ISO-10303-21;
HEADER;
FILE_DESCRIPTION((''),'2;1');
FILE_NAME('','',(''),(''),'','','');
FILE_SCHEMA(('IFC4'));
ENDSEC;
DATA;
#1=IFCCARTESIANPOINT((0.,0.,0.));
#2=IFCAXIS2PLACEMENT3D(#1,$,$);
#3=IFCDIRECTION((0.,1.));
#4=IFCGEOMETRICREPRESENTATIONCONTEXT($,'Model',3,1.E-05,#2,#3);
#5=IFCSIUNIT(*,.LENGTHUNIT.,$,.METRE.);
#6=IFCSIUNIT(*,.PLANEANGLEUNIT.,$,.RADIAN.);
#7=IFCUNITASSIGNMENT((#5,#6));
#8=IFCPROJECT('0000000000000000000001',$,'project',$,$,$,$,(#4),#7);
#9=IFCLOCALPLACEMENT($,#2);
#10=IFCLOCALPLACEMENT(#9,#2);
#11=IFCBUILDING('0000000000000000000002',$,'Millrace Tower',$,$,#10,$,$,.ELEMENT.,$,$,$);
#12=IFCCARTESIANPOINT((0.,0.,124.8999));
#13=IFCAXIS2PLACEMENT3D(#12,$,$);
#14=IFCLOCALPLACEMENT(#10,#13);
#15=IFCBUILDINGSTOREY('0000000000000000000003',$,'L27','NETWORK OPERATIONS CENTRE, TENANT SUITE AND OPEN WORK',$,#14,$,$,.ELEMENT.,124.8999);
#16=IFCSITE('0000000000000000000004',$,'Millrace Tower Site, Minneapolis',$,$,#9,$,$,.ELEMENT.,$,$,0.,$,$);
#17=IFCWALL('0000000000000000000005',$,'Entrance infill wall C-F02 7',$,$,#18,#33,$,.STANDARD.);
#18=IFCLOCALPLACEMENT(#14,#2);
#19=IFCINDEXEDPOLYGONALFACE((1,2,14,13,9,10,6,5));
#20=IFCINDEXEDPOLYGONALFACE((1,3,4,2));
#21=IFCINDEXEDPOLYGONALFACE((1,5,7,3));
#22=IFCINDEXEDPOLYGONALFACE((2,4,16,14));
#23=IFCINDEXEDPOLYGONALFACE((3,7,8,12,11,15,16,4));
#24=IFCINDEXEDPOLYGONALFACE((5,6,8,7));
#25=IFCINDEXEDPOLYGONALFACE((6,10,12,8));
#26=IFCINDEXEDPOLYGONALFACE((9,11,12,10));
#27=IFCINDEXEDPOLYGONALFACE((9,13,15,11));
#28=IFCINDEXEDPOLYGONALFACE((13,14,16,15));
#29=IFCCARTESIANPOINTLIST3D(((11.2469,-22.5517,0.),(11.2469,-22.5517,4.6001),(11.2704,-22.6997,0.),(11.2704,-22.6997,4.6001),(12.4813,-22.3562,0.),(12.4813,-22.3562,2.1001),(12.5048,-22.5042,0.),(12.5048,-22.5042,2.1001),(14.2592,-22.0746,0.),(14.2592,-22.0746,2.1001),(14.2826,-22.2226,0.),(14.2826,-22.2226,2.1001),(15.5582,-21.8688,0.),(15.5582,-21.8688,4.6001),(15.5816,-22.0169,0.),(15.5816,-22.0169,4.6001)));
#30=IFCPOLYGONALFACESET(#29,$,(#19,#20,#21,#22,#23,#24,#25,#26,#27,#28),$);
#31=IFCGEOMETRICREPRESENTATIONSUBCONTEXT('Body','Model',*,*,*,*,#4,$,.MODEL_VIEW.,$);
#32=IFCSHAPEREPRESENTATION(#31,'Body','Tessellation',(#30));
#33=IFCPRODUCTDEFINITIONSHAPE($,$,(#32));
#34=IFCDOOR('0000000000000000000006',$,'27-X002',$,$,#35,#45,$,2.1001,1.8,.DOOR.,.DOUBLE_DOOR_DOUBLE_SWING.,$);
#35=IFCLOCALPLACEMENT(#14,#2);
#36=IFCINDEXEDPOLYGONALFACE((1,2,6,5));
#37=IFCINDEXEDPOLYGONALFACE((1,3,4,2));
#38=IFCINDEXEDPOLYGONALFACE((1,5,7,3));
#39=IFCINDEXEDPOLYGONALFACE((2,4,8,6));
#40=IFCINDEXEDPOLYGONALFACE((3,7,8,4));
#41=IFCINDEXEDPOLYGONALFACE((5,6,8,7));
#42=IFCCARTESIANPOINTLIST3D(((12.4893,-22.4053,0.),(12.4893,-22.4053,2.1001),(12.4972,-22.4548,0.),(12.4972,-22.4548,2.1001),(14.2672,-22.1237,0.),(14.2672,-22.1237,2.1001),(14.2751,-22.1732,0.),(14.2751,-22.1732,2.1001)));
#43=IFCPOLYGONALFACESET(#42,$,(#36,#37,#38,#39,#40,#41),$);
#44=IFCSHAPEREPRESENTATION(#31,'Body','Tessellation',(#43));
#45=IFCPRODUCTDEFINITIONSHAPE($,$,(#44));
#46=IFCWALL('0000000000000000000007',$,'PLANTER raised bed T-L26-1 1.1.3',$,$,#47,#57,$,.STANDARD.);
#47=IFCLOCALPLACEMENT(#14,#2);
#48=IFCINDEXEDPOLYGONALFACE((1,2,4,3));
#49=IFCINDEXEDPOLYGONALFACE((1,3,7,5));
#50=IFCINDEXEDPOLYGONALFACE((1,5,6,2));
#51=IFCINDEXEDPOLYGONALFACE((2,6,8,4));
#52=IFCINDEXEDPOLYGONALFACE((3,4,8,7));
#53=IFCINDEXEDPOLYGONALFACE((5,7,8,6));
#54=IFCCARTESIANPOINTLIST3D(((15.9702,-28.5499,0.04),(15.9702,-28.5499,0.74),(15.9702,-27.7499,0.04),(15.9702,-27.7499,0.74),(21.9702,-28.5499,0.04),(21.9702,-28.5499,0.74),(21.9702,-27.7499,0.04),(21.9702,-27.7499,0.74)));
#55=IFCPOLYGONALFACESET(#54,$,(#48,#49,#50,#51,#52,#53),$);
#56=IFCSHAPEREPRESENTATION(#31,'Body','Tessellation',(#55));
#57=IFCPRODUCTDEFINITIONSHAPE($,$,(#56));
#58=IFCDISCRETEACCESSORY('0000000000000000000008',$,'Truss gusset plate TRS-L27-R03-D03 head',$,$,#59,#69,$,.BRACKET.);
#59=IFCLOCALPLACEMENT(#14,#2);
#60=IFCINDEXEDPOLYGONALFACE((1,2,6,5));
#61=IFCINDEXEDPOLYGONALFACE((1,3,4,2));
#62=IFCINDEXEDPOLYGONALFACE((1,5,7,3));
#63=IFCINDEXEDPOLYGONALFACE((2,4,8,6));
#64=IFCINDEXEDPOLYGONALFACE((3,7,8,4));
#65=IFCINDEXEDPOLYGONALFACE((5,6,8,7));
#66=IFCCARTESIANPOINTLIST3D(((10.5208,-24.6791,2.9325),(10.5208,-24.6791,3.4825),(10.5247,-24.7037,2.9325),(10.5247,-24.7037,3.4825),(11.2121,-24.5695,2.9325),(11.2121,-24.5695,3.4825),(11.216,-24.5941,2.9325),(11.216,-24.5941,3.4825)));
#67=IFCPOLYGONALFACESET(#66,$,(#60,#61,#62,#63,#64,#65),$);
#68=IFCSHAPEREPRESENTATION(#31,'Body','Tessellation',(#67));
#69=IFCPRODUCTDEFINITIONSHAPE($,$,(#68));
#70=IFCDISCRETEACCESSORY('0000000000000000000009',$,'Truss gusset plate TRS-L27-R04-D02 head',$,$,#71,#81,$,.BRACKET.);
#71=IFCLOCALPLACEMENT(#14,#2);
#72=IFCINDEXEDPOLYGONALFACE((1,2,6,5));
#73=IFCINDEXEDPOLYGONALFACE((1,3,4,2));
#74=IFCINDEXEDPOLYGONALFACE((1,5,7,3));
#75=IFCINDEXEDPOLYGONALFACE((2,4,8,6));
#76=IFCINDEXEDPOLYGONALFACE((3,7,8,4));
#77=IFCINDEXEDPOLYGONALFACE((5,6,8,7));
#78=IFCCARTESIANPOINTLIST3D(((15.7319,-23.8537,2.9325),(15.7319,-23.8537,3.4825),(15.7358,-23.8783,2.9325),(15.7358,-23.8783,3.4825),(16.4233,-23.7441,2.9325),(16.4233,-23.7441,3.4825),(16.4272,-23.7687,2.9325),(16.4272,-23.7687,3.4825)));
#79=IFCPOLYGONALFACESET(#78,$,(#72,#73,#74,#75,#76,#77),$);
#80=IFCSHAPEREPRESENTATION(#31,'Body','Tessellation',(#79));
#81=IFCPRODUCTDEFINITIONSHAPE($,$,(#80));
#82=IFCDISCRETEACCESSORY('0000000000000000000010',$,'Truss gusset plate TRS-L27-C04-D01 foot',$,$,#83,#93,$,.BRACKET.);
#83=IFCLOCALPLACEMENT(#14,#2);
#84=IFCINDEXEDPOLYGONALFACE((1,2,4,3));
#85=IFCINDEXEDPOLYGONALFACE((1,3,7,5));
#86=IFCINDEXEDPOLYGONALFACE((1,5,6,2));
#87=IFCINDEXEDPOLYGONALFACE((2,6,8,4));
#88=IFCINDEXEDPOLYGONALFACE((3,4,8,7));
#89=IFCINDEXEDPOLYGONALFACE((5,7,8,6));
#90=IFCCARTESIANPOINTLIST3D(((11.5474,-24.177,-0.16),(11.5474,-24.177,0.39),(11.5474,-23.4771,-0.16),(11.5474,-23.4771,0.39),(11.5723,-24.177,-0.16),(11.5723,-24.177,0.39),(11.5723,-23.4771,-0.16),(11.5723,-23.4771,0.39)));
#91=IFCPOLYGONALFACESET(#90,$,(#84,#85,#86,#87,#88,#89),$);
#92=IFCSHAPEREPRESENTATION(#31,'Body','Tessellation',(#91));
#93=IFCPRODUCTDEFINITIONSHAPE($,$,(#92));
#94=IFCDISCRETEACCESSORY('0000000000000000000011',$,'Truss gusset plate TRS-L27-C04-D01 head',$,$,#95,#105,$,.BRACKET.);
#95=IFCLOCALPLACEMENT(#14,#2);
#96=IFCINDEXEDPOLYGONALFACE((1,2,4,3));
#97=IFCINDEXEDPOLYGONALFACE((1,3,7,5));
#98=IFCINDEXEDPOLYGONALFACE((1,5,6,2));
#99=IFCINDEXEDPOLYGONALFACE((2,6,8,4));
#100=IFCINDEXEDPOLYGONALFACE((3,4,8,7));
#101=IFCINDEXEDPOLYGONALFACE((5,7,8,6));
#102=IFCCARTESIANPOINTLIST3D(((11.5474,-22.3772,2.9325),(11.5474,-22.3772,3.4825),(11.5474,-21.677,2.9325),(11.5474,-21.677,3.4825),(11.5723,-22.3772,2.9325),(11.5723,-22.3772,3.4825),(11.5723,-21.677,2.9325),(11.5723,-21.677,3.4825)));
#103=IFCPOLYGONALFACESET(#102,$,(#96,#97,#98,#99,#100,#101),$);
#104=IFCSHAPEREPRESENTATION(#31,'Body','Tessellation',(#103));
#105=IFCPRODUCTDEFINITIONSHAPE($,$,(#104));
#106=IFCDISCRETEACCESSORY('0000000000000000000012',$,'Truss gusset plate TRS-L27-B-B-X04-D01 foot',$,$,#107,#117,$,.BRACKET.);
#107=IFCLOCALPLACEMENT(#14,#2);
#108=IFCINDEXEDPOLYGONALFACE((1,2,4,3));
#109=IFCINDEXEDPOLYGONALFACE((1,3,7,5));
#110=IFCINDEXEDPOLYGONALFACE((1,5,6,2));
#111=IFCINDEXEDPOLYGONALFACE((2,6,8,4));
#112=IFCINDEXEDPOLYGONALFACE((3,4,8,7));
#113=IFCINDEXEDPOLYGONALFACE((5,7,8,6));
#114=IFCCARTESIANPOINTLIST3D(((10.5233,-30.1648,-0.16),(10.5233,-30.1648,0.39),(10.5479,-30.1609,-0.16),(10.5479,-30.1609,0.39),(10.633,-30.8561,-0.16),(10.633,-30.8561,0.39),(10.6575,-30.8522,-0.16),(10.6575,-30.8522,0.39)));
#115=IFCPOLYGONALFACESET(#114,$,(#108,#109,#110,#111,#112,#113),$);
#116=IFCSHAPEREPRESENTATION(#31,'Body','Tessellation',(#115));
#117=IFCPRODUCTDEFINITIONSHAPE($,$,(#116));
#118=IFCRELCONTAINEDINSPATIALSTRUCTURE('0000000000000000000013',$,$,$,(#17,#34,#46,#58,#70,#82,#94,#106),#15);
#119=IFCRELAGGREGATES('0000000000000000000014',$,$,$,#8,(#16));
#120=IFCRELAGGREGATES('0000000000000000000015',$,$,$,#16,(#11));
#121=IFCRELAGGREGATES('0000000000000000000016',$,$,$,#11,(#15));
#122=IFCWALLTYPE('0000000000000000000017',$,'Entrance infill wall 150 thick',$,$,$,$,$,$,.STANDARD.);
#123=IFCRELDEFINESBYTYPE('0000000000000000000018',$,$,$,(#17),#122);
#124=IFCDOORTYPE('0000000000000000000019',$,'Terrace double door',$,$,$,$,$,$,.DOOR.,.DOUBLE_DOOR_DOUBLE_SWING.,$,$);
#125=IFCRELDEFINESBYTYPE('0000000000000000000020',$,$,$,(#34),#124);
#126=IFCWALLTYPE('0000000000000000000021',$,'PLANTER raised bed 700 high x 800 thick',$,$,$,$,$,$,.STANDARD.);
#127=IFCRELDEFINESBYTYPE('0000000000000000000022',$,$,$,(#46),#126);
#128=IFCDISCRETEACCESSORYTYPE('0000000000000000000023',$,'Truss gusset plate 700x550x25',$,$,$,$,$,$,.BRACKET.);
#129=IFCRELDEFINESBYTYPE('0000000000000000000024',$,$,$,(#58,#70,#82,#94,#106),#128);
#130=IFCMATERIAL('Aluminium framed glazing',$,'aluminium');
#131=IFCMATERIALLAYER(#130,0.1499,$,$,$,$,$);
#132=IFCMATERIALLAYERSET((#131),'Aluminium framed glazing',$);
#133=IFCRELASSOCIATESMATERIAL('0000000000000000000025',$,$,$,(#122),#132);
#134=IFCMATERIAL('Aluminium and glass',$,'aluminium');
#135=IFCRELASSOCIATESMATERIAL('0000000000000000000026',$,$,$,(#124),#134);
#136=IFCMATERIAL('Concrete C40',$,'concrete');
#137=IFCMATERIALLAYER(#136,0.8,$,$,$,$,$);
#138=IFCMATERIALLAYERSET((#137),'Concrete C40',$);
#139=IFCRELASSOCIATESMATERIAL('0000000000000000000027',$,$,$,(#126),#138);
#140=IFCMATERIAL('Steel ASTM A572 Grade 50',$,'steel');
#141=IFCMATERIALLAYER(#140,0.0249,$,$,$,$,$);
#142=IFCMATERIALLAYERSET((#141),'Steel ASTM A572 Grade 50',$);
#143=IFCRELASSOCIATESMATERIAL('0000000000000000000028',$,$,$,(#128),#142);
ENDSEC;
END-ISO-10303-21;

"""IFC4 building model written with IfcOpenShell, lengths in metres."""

from ifc_helpers import new_model, si_unit, direction, frame, frame_2d, origin, origin_2d, place, context, subcontext, project, spatial, rectangle, extrude, material, layer, layer_set, type_object, element, fill, save


model = new_model("IFC4")

# Units and contexts
model_context = context("Model", 3, precision=1e-05, world=origin(), true_north=direction((0.0, 1.0)))
body_context = subcontext(model_context, "Body", "Model", "MODEL_VIEW")
ifc_project = project(units=[si_unit("LENGTHUNIT", "METRE"), si_unit("PLANEANGLEUNIT", "RADIAN")], contexts=[model_context])

# Site, building, storey
site_placement = place(None, origin())
site = spatial("IfcSite", under=ifc_project, at=site_placement, Name="Millrace Tower Site, Minneapolis", CompositionType="ELEMENT", RefElevation=0.0)
building_placement = place(site_placement, origin())
building = spatial("IfcBuilding", under=site, at=building_placement, Name="Millrace Tower", CompositionType="ELEMENT")
storey_placement = place(building_placement, frame((0.0, 0.0, 124.8999)))
storey = spatial("IfcBuildingStorey", under=building, at=storey_placement, Name="L27", Description="NETWORK OPERATIONS CENTRE, TENANT SUITE AND OPEN WORK", CompositionType="ELEMENT", Elevation=124.8999)

# Wall, opening, door
ifc_material_1 = material(Name="Aluminium framed glazing", Category="aluminium")
ifc_layer_1 = layer(ifc_material_1, 0.1499)
ifc_layer_set_1 = layer_set([ifc_layer_1], Name="Aluminium framed glazing")
wall_type_1 = type_object("IfcWallType", Name="Entrance infill wall 150 thick", PredefinedType="STANDARD", material=ifc_layer_set_1)
wall_1_placement = place(storey_placement, frame((11.2585, -22.6257, 0.0), z_axis=(0.0, 0.0, 1.0), x_axis=(0.987688, 0.156439, 0.0)))
wall_1 = element("IfcWall", 1, at=wall_1_placement, inside=storey, type_object=wall_type_1, Name="Entrance infill wall C-F02 7", PredefinedType="STANDARD", context=body_context, shape_type="SweptSolid", body=[
    extrude(rectangle(XDim=4.365, YDim=0.1499, at=frame_2d((2.1826, 0.0))), origin(), (0.0, 0.0, 1.0), 4.6001),
])
opening_placement = place(wall_1_placement, frame((1.25, 0.0, 0.0)))
opening = element("IfcOpeningElement", 2, at=opening_placement, cuts=wall_1, PredefinedType="OPENING", context=body_context, shape_type="SweptSolid", body=[
    extrude(rectangle(XDim=1.8, YDim=2.1001, at=frame_2d((0.8999, 1.05))), frame((0.0, 0.085, 0.0), z_axis=(0.0, -1.0, 0.0), x_axis=(1.0, 0.0, 0.0)), (0.0, 0.0, 1.0), 0.1699),
])
ifc_material_2 = material(Name="Aluminium and glass", Category="aluminium")
door_type = type_object("IfcDoorType", Name="Terrace double door", OperationType="DOUBLE_DOOR_DOUBLE_SWING", PredefinedType="DOOR", material=ifc_material_2)
door_placement = place(opening_placement, frame((1.8, 0.0, 0.0), z_axis=(0.0, 0.0, 1.0), x_axis=(-1.0, 0.0, 0.0)))
door = element("IfcDoor", 3, at=door_placement, inside=storey, type_object=door_type, Name="27-X002", OperationType="DOUBLE_DOOR_DOUBLE_SWING", OverallHeight=2.1001, OverallWidth=1.8, PredefinedType="DOOR", context=body_context, shape_type="SweptSolid", body=[
    extrude(rectangle(XDim=1.8, YDim=2.1001, at=frame_2d((0.8999, 1.05))), frame((0.0, 0.0249, 0.0), z_axis=(0.0, -1.0, 0.0), x_axis=(1.0, 0.0, 0.0)), (0.0, 0.0, 1.0), 0.05),
])
fill(opening, door)

# Wall
ifc_material_3 = material(Name="Concrete C40", Category="concrete")
ifc_layer_2 = layer(ifc_material_3, 0.8)
ifc_layer_set_2 = layer_set([ifc_layer_2], Name="Concrete C40")
wall_type_2 = type_object("IfcWallType", Name="PLANTER raised bed 700 high x 800 thick", PredefinedType="STANDARD", material=ifc_layer_set_2)
wall_2_placement = place(storey_placement, frame((15.9702, -28.1499, 0.04), z_axis=(0.0, 0.0, 1.0), x_axis=(1.0, 0.0, 0.0)))
element("IfcWall", 4, at=wall_2_placement, inside=storey, type_object=wall_type_2, Name="PLANTER raised bed T-L26-1 1.1.3", PredefinedType="STANDARD", context=body_context, shape_type="SweptSolid", body=[
    extrude(rectangle(XDim=6.0, YDim=0.8, at=frame_2d((3.0, 0.0))), origin(), (0.0, 0.0, 1.0), 0.7),
])

# Discrete accessories
ifc_material_4 = material(Name="Steel ASTM A572 Grade 50", Category="steel")
ifc_layer_3 = layer(ifc_material_4, 0.0249)
ifc_layer_set_3 = layer_set([ifc_layer_3], Name="Steel ASTM A572 Grade 50")
discrete_accessory_type = type_object("IfcDiscreteAccessoryType", Name="Truss gusset plate 700x550x25", PredefinedType="BRACKET", material=ifc_layer_set_3)
for number, where, z_axis, x_axis, name in (
    (5, (10.5227, -24.6914, 3.2075), (0.987664, 0.156589, 0.0), (-0.156589, 0.987664, 0.0), "Truss gusset plate TRS-L27-R03-D03 head"),
    (6, (15.7339, -23.866, 3.2075), (0.987664, 0.156589, 0.0), (-0.156589, 0.987664, 0.0), "Truss gusset plate TRS-L27-R04-D02 head"),
    (7, (11.5598, -24.177, 0.115), (0.0, 1.0, 0.0), (-1.0, 0.0, 0.0), "Truss gusset plate TRS-L27-C04-D01 foot"),
):
    element("IfcDiscreteAccessory", number, at=place(storey_placement, frame(where, z_axis=z_axis, x_axis=x_axis)), inside=storey, type_object=discrete_accessory_type, Name=name, PredefinedType="BRACKET", context=body_context, shape_type="SweptSolid", body=[
        extrude(rectangle(XDim=0.0249, YDim=0.55, at=origin_2d()), origin(), (0.0, 0.0, 1.0), 0.7),
    ])
discrete_accessory_1_placement = place(storey_placement, frame((11.5598, -22.3772, 3.2075), z_axis=(0.0, 1.0, 0.0), x_axis=(-1.0, 0.0, 0.0)))
element("IfcDiscreteAccessory", 8, at=discrete_accessory_1_placement, inside=storey, type_object=discrete_accessory_type, Name="Truss gusset plate TRS-L27-C04-D01 head", PredefinedType="BRACKET", context=body_context, shape_type="SweptSolid", body=[
    extrude(rectangle(XDim=0.0249, YDim=0.55, at=origin_2d()), origin(), (0.0, 0.0, 1.0), 0.7002),
])
discrete_accessory_2_placement = place(storey_placement, frame((10.5356, -30.1628, 0.115), z_axis=(0.156589, -0.987664, 0.0), x_axis=(0.987664, 0.156589, 0.0)))
element("IfcDiscreteAccessory", 9, at=discrete_accessory_2_placement, inside=storey, type_object=discrete_accessory_type, Name="Truss gusset plate TRS-L27-B-B-X04-D01 foot", PredefinedType="BRACKET", context=body_context, shape_type="SweptSolid", body=[
    extrude(rectangle(XDim=0.0249, YDim=0.55, at=origin_2d()), origin(), (0.0, 0.0, 1.0), 0.7),
])

save(model, "model.ifc")
